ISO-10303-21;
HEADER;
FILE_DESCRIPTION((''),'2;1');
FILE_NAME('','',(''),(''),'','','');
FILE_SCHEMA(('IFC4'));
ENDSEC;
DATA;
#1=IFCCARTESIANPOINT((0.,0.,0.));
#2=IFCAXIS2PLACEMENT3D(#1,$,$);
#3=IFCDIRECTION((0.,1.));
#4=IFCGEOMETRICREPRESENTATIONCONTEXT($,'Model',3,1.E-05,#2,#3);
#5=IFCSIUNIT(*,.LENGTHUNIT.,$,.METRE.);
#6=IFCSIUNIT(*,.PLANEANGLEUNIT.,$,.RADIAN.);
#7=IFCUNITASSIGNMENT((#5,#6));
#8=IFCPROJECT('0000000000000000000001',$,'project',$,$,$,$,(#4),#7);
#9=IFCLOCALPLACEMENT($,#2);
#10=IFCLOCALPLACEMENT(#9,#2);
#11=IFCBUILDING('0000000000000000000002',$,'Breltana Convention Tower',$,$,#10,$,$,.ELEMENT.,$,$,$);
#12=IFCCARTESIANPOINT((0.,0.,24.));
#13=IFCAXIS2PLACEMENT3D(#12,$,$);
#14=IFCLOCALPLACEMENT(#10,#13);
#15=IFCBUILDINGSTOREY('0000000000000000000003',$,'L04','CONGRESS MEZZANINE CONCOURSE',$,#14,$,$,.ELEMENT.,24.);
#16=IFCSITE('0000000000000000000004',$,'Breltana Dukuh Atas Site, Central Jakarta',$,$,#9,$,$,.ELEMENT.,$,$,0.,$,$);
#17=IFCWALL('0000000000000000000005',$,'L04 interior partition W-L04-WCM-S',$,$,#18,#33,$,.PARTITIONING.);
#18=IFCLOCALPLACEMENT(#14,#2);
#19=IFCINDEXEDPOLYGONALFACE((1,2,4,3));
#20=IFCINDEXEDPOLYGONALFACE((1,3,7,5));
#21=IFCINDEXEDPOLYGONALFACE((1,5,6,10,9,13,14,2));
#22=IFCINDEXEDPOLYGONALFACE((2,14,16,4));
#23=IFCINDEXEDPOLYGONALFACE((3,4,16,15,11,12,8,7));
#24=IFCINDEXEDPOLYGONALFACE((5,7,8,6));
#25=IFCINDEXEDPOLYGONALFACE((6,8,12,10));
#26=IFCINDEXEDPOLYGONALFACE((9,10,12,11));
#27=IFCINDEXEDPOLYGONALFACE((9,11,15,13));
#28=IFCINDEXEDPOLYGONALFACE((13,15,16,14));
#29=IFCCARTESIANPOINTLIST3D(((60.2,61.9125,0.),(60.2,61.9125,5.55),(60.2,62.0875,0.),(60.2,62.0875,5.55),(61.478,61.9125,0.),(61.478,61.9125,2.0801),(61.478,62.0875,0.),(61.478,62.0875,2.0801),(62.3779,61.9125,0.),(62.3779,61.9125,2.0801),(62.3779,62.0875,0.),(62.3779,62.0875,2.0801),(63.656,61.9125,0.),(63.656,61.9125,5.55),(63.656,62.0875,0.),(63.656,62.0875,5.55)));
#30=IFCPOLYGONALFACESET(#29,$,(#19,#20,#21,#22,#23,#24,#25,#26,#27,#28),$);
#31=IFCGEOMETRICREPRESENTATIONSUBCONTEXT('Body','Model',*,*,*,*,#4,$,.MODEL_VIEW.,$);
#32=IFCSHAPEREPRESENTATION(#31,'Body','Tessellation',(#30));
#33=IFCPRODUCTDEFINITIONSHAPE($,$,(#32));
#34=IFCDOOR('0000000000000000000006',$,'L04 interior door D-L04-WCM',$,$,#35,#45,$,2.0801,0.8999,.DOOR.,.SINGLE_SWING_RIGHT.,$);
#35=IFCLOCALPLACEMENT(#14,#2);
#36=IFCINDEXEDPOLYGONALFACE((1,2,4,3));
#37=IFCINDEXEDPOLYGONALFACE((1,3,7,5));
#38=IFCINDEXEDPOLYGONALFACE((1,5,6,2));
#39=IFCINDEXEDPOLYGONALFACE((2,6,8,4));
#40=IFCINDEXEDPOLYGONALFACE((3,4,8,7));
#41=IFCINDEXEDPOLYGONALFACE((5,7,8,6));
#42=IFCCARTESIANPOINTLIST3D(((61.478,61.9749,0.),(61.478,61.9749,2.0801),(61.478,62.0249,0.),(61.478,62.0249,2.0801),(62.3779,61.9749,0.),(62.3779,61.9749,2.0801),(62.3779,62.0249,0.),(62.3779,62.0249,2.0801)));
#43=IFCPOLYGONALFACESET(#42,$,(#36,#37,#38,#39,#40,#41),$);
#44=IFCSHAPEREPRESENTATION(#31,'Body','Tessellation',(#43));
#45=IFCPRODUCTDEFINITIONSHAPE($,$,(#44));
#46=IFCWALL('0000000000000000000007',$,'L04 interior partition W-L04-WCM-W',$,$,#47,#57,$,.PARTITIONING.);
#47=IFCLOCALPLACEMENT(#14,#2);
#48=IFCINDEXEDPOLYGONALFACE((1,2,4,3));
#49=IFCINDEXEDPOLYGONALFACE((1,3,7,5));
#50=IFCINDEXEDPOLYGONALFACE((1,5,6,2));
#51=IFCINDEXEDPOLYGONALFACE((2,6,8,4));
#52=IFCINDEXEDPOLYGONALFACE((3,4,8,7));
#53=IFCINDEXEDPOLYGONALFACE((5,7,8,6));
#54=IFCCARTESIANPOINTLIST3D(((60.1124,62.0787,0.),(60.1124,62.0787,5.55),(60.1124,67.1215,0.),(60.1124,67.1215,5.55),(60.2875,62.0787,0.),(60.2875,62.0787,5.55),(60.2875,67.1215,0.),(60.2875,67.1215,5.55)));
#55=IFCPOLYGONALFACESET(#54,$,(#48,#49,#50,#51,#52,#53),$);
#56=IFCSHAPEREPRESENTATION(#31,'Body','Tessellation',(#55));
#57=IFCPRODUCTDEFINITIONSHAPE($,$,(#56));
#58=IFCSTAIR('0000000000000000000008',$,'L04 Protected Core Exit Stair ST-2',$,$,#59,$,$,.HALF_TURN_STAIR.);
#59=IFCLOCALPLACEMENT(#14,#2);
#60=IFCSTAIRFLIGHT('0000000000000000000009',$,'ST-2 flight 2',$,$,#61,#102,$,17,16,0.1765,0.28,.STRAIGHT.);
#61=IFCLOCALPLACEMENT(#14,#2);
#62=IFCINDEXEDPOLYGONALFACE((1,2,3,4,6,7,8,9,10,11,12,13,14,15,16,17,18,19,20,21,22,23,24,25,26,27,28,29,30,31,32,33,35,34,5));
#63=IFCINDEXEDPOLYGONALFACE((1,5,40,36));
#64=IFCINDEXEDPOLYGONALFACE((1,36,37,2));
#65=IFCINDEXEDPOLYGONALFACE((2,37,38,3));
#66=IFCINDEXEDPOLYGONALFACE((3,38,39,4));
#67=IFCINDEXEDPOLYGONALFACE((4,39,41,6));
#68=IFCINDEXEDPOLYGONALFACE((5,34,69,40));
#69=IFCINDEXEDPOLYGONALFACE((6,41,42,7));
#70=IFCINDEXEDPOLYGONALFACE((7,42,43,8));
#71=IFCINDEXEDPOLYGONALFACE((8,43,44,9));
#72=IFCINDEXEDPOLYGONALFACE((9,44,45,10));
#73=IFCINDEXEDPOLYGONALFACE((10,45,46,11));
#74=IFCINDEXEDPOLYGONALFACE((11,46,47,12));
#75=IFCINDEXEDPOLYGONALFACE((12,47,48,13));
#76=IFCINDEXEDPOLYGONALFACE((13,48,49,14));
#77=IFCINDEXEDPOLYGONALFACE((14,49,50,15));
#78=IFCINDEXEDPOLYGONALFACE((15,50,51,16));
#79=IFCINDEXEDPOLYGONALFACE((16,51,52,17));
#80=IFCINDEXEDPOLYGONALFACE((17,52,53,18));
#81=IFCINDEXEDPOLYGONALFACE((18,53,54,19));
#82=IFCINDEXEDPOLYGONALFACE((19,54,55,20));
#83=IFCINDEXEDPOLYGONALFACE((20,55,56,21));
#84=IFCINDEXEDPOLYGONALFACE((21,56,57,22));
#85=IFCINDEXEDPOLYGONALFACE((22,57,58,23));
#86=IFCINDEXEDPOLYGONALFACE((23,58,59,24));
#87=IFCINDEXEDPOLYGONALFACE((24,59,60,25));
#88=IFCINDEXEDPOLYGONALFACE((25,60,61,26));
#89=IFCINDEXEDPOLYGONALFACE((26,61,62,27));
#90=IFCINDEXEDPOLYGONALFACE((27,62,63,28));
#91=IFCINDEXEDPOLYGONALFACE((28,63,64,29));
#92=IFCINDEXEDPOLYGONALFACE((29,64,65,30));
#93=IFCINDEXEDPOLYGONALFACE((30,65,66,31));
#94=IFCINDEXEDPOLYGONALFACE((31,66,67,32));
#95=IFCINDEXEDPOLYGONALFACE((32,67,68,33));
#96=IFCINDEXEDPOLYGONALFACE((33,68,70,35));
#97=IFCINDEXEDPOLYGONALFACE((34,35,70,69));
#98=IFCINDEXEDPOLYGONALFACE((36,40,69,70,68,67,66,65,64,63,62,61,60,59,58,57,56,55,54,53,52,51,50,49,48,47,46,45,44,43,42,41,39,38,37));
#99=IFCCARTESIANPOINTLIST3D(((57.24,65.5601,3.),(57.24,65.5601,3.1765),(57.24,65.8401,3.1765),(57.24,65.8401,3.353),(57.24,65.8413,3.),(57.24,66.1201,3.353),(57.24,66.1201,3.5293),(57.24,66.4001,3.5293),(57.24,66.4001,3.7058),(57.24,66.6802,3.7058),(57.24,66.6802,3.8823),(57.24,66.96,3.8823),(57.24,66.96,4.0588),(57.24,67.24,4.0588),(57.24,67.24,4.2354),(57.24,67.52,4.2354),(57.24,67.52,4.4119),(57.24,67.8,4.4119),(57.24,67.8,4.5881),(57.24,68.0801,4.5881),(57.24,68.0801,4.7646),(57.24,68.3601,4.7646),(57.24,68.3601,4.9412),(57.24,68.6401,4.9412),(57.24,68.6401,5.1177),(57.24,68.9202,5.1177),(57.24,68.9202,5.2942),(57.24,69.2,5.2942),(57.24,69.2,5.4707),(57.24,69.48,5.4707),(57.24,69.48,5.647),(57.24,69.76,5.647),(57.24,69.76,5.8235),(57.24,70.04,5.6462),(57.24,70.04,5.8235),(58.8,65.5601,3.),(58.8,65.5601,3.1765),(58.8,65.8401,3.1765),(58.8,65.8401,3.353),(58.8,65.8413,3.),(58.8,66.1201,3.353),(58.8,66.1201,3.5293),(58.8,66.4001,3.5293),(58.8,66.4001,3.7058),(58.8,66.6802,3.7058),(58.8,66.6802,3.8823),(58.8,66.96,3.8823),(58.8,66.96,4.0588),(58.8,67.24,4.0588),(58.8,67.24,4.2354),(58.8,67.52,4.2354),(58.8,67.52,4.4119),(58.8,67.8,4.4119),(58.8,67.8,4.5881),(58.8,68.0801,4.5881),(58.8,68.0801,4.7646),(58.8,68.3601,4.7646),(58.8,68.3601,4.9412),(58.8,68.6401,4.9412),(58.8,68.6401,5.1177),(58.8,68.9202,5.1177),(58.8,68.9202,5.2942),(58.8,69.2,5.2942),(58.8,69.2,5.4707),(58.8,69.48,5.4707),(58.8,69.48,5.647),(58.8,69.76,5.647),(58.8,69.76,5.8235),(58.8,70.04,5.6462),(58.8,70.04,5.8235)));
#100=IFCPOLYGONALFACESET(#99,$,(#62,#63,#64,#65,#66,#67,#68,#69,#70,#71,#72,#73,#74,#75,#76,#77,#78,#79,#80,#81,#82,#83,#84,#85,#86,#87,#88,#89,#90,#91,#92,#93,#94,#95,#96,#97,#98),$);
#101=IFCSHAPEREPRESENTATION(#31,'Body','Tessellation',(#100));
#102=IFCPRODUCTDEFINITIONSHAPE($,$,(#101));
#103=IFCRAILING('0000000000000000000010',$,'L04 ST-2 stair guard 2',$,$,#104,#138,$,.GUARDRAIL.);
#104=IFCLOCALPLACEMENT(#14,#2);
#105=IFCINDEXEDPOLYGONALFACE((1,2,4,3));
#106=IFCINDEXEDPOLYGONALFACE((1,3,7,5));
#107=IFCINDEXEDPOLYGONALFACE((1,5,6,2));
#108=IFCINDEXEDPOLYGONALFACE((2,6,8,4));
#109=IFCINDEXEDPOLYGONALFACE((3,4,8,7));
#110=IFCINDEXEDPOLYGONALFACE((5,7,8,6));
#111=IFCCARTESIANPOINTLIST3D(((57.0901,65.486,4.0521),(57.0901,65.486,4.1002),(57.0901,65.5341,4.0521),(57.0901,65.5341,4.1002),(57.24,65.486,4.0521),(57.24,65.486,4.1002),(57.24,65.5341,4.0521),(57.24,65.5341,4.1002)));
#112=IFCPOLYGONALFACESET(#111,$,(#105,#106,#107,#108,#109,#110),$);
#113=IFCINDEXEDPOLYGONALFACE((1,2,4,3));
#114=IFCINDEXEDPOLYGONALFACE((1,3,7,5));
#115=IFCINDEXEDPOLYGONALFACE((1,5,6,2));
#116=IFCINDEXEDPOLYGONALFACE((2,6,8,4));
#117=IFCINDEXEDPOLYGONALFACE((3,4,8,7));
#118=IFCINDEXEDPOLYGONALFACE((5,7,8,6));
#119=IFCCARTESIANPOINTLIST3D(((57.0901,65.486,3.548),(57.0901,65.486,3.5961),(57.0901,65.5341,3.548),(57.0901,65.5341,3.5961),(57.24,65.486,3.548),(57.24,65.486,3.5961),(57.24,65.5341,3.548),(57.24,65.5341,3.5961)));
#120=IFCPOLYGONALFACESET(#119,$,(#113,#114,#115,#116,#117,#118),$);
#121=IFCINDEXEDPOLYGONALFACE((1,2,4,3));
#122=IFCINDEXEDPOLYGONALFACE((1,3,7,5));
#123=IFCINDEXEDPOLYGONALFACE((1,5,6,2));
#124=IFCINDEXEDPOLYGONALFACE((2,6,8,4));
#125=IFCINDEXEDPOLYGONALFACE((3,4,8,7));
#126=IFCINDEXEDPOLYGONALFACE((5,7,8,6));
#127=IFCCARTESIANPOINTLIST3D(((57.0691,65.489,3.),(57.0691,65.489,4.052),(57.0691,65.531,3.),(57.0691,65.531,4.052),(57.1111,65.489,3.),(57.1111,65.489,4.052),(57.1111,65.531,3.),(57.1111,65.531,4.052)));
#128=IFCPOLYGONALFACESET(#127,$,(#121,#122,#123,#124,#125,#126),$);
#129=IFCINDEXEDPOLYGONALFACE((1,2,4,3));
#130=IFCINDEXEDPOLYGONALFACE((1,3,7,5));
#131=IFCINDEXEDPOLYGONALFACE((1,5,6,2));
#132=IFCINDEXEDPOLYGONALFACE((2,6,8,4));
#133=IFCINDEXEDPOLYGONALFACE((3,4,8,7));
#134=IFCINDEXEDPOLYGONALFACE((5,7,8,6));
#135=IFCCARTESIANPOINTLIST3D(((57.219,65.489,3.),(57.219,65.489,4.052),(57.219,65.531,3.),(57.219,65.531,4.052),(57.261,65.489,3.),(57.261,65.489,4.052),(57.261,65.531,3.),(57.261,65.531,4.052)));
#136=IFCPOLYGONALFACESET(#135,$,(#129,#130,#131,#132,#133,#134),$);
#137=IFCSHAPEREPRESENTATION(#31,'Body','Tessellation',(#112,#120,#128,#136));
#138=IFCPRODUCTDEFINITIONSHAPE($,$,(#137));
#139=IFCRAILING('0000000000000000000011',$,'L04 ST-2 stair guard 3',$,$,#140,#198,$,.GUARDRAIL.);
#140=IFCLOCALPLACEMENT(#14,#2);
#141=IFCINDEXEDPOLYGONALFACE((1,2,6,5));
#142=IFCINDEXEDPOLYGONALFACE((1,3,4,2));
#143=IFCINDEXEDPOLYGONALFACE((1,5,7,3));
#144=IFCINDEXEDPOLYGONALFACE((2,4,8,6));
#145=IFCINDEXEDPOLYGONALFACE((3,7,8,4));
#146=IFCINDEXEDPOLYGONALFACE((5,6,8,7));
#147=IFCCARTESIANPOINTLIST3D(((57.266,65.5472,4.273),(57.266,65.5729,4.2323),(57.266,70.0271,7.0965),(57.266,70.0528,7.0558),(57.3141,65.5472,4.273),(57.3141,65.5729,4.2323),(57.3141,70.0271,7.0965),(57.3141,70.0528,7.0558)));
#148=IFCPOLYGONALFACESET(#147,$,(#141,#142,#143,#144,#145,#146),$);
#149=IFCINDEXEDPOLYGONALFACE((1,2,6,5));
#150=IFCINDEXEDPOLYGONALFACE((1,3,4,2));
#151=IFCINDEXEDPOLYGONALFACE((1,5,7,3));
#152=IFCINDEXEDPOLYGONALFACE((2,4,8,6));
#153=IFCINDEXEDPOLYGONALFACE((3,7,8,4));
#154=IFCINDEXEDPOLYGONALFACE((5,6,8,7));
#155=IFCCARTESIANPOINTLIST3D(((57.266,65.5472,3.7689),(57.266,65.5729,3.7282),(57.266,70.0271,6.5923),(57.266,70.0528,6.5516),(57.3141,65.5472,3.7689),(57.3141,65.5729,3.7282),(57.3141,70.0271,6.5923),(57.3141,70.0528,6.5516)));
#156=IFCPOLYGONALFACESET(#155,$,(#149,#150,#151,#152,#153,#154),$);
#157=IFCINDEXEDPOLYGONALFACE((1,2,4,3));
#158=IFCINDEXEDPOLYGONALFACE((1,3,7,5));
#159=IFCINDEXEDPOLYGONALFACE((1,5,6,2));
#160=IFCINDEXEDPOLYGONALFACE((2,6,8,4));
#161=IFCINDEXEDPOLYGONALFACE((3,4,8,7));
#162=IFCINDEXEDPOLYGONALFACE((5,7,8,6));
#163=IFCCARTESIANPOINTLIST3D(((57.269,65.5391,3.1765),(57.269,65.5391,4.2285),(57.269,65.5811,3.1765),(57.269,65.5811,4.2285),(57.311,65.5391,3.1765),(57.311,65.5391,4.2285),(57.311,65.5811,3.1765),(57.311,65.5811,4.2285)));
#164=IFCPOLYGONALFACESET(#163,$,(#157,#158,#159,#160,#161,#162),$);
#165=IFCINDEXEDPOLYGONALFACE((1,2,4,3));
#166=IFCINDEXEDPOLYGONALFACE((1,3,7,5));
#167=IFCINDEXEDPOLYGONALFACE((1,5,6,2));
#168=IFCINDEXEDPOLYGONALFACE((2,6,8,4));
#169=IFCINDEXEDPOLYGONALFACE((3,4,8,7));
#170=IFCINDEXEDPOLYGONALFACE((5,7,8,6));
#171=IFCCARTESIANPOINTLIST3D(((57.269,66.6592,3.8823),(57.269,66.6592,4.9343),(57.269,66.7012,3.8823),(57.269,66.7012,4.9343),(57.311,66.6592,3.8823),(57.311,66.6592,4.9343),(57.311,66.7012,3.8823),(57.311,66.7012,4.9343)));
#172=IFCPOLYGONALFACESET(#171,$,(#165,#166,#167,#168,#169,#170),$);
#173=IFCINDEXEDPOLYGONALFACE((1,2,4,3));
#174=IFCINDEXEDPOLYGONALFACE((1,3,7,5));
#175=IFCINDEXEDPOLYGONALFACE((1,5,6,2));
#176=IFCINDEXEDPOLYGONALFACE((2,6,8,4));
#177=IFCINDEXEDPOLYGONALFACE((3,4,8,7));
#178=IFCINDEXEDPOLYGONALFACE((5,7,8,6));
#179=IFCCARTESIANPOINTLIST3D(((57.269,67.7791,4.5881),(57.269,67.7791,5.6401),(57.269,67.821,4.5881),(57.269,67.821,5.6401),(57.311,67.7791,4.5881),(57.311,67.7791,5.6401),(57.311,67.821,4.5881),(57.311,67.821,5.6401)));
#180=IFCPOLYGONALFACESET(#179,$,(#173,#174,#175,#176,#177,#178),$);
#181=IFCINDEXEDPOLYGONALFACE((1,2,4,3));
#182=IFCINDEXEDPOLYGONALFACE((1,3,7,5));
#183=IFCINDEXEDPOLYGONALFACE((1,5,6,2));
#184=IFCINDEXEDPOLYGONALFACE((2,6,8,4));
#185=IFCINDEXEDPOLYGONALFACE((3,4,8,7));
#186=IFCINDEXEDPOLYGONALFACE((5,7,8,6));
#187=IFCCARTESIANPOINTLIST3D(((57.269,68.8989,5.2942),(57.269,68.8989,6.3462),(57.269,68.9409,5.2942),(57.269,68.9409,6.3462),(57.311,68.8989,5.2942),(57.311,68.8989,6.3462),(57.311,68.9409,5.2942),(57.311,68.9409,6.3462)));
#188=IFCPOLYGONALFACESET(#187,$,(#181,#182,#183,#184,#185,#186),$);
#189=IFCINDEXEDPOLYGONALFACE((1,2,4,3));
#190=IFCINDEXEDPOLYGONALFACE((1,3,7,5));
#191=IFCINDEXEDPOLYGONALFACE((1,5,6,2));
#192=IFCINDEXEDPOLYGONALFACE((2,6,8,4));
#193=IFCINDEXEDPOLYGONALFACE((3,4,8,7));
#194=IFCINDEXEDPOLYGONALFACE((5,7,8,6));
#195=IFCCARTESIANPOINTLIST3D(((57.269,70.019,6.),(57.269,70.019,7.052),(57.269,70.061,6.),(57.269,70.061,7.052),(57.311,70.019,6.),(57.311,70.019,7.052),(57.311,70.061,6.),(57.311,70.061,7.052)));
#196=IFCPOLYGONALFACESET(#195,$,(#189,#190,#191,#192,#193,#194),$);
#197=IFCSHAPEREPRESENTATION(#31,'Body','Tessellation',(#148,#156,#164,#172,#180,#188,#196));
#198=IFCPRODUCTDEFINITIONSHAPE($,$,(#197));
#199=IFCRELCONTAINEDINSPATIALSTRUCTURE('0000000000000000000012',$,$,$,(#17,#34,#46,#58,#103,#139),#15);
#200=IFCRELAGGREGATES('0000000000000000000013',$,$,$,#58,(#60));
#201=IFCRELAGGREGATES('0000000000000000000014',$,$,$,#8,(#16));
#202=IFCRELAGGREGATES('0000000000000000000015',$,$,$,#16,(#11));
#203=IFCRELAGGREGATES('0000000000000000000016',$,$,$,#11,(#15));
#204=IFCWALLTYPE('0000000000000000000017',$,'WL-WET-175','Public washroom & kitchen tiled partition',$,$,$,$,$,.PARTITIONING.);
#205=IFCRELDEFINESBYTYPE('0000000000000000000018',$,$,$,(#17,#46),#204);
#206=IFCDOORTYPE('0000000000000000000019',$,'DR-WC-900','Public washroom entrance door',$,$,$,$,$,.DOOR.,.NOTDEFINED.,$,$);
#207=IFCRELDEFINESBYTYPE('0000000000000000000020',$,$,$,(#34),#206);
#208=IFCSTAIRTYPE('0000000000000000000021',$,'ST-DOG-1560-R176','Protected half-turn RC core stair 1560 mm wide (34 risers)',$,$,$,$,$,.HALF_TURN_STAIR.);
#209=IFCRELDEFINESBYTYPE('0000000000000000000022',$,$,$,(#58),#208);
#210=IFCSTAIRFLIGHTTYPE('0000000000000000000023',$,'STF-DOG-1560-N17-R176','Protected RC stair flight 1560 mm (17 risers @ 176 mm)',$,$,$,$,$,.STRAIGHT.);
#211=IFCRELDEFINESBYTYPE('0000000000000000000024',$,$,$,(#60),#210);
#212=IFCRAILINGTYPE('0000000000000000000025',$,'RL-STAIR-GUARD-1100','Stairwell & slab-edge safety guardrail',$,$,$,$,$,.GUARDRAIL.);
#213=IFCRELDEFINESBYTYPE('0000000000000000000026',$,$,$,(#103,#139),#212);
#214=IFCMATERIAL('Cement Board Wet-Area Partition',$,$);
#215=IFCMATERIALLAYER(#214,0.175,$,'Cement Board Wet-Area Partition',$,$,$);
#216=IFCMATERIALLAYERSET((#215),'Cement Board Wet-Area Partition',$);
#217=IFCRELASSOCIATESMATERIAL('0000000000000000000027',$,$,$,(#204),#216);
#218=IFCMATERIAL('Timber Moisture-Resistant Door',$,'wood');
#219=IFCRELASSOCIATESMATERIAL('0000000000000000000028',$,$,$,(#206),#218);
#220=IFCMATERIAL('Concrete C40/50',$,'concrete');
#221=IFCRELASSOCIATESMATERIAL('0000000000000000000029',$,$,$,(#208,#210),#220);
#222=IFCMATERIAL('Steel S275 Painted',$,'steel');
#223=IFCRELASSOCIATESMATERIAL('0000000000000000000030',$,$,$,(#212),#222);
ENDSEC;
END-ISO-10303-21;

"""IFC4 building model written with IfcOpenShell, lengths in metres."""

from ifc_helpers import new_model, si_unit, direction, frame, frame_2d, origin, origin_2d, place, context, subcontext, project, spatial, polyline, rectangle, outline, extrude, source, transform, mapped, material, layer, layer_set, type_object, type_shapes, element, fill, aggregate, save


model = new_model("IFC4")

# Units and contexts
model_context = context("Model", 3, precision=1e-05, world=origin(), true_north=direction((0.0, 1.0)))
body_context = subcontext(model_context, "Body", "Model", "MODEL_VIEW")
ifc_project = project(units=[si_unit("LENGTHUNIT", "METRE"), si_unit("PLANEANGLEUNIT", "RADIAN")], contexts=[model_context])

# Site, building, storey
site_placement = place(None, origin())
site = spatial("IfcSite", under=ifc_project, at=site_placement, Name="Breltana Dukuh Atas Site, Central Jakarta", CompositionType="ELEMENT", RefElevation=0.0)
building_placement = place(site_placement, origin())
building = spatial("IfcBuilding", under=site, at=building_placement, Name="Breltana Convention Tower", CompositionType="ELEMENT")
storey_placement = place(building_placement, frame((0.0, 0.0, 24.0)))
storey = spatial("IfcBuildingStorey", under=building, at=storey_placement, Name="L04", Description="CONGRESS MEZZANINE CONCOURSE", CompositionType="ELEMENT", Elevation=24.0)

# Wall, opening, door
ifc_material_1 = material(Name="Cement Board Wet-Area Partition")
ifc_layer_1 = layer(ifc_material_1, 0.175, Name="Cement Board Wet-Area Partition")
ifc_layer_set_1 = layer_set([ifc_layer_1], Name="Cement Board Wet-Area Partition")
wall_type_1 = type_object("IfcWallType", Name="WL-WET-175", Description="Public washroom & kitchen tiled partition", PredefinedType="PARTITIONING", material=ifc_layer_set_1)
shared_shape_1 = source(origin(), body_context, "Body", "SweptSolid", [
    extrude(rectangle(XDim=3.4561, YDim=0.175, at=frame_2d((1.728, 0.0))), origin(), (0.0, 0.0, 1.0), 5.55),
])
wall_1_placement = place(storey_placement, frame((60.2, 62.0, 0.0), z_axis=(0.0, 0.0, 1.0), x_axis=(1.0, 0.0, 0.0)))
wall_1 = element("IfcWall", 1, at=wall_1_placement, inside=storey, type_object=wall_type_1, Name="L04 interior partition W-L04-WCM-S", PredefinedType="PARTITIONING", context=body_context, shape_type="MappedRepresentation", body=[
    mapped(shared_shape_1, transform((0.0, 0.0, 0.0), scale=1.0)),
])
opening_1_placement = place(wall_1_placement, frame((1.2781, 0.0, 0.0)))
opening_1 = element("IfcOpeningElement", 2, at=opening_1_placement, cuts=wall_1, PredefinedType="OPENING", context=body_context, shape_type="SweptSolid", body=[
    extrude(rectangle(XDim=0.8999, YDim=2.0801, at=frame_2d((0.45, 1.04))), frame((0.0, 0.0977, 0.0), z_axis=(0.0, -1.0, 0.0), x_axis=(1.0, 0.0, 0.0)), (0.0, 0.0, 1.0), 0.1951),
])
ifc_material_2 = material(Name="Timber Moisture-Resistant Door", Category="wood")
door_type_1 = type_object("IfcDoorType", Name="DR-WC-900", Description="Public washroom entrance door", OperationType="NOTDEFINED", PredefinedType="DOOR", material=ifc_material_2)
shared_shape_2 = source(origin(), body_context, "Body", "SweptSolid", [
    extrude(rectangle(XDim=0.8999, YDim=2.0801, at=frame_2d((0.45, 1.04))), frame((0.0, 0.0249, 0.0), z_axis=(0.0, -1.0, 0.0), x_axis=(1.0, 0.0, 0.0)), (0.0, 0.0, 1.0), 0.05),
])
type_shapes(door_type_1, [shared_shape_2])
door_1_placement = place(opening_1_placement, origin())
door_1 = element("IfcDoor", 3, at=door_1_placement, inside=storey, type_object=door_type_1, Name="L04 interior door D-L04-WCM", OperationType="SINGLE_SWING_RIGHT", OverallHeight=2.0801, OverallWidth=0.8999, PredefinedType="DOOR", context=body_context, shape_type="MappedRepresentation", body=[
    mapped(shared_shape_2, transform((0.0, 0.0, 0.0), scale=1.0)),
])
fill(opening_1, door_1)

# Wall
shared_shape_3 = source(origin(), body_context, "Body", "SweptSolid", [
    extrude(rectangle(XDim=5.0427, YDim=0.175, at=frame_2d((2.5215, 0.0))), origin(), (0.0, 0.0, 1.0), 5.55),
])
wall_2_placement = place(storey_placement, frame((60.2, 62.0786, 0.0), z_axis=(0.0, 0.0, 1.0), x_axis=(0.0, 1.0, 0.0)))
element("IfcWall", 4, at=wall_2_placement, inside=storey, type_object=wall_type_1, Name="L04 interior partition W-L04-WCM-W", PredefinedType="PARTITIONING", context=body_context, shape_type="MappedRepresentation", body=[
    mapped(shared_shape_3, transform((0.0, 0.0, 0.0), scale=1.0)),
])

# Stair, stair flight
ifc_material_3 = material(Name="Concrete C40/50", Category="concrete")
stair_type = type_object("IfcStairType", Name="ST-DOG-1560-R176", Description="Protected half-turn RC core stair 1560 mm wide (34 risers)", PredefinedType="HALF_TURN_STAIR", material=ifc_material_3)
stair_placement = place(storey_placement, origin())
stair = element("IfcStair", 5, at=stair_placement, inside=storey, type_object=stair_type, Name="L04 Protected Core Exit Stair ST-2", PredefinedType="HALF_TURN_STAIR")
stair_flight_type = type_object("IfcStairFlightType", Name="STF-DOG-1560-N17-R176", Description="Protected RC stair flight 1560 mm (17 risers @ 176 mm)", PredefinedType="STRAIGHT", material=ifc_material_3)
stair_flight_placement = place(storey_placement, frame((58.02, 65.5601, 3.0), z_axis=(0.0, 0.0, 1.0), x_axis=(0.0, 1.0, 0.0)))
stair_flight = element("IfcStairFlight", 6, at=stair_flight_placement, type_object=stair_flight_type, Name="ST-2 flight 2", NumberOfRisers=17, NumberOfTreads=16, PredefinedType="STRAIGHT", RiserHeight=0.1765, TreadLength=0.28, context=body_context, shape_type="SweptSolid", body=[
    extrude(outline(polyline([(0.0, 0.0), (0.0, 0.1765), (0.28, 0.1765), (0.28, 0.353), (0.5601, 0.353), (0.5601, 0.5293), (0.8401, 0.5293), (0.8401, 0.7058), (1.1201, 0.7058), (1.1201, 0.8823), (1.3999, 0.8823), (1.3999, 1.0588), (1.6799, 1.0588), (1.6799, 1.2354), (1.96, 1.2354), (1.96, 1.4119), (2.24, 1.4119), (2.24, 1.5881), (2.52, 1.5881), (2.52, 1.7646), (2.8, 1.7646), (2.8, 1.9412), (3.0801, 1.9412), (3.0801, 2.1177), (3.3601, 2.1177), (3.3601, 2.2942), (3.6399, 2.2942), (3.6399, 2.4707), (3.9199, 2.4707), (3.9199, 2.647), (4.2, 2.647), (4.2, 2.8235), (4.48, 2.8235), (4.48, 3.0), (4.48, 2.6462), (0.2812, 0.0), (0.0, 0.0)])), frame((0.0, 0.78, 0.0), z_axis=(0.0, -1.0, 0.0), x_axis=(1.0, 0.0, 0.0)), (0.0, 0.0, 1.0), 1.5601),
])
aggregate(stair, [stair_flight])

# Railings
ifc_material_4 = material(Name="Steel S275 Painted", Category="steel")
railing_type_1 = type_object("IfcRailingType", Name="RL-STAIR-GUARD-1100", Description="Stairwell & slab-edge safety guardrail", PredefinedType="GUARDRAIL", material=ifc_material_4)
railing_1_placement = place(storey_placement, frame((57.0901, 65.51, 3.0)))
element("IfcRailing", 7, at=railing_1_placement, inside=storey, type_object=railing_type_1, Name="L04 ST-2 stair guard 2", PredefinedType="GUARDRAIL", context=body_context, shape_type="SweptSolid", body=[
    extrude(rectangle(XDim=0.0481, YDim=0.0481, at=origin_2d()), frame((0.0, 0.0, 1.0762), z_axis=(1.0, 0.0, 0.0), x_axis=(0.0, 1.0, 0.0)), (0.0, 0.0, 1.0), 0.1499),
    extrude(rectangle(XDim=0.0481, YDim=0.0481, at=origin_2d()), frame((0.0, 0.0, 0.572), z_axis=(1.0, 0.0, 0.0), x_axis=(0.0, 1.0, 0.0)), (0.0, 0.0, 1.0), 0.1499),
    extrude(rectangle(XDim=0.042, YDim=0.042, at=origin_2d()), origin(), (0.0, 0.0, 1.0), 1.052),
    extrude(rectangle(XDim=0.042, YDim=0.042, at=origin_2d()), frame((0.1499, 0.0, 0.0)), (0.0, 0.0, 1.0), 1.052),
])
railing_2_placement = place(storey_placement, frame((57.29, 65.5601, 3.1765)))
element("IfcRailing", 8, at=railing_2_placement, inside=storey, type_object=railing_type_1, Name="L04 ST-2 stair guard 3", PredefinedType="GUARDRAIL", context=body_context, shape_type="SweptSolid", body=[
    extrude(rectangle(XDim=0.0481, YDim=0.0481, at=origin_2d()), frame((0.0, 0.0, 1.0762), z_axis=(0.0, 0.845998, 0.533186), x_axis=(-1.0, 0.0, 0.0)), (0.0, 0.0, 1.0), 5.2954),
    extrude(rectangle(XDim=0.0481, YDim=0.0481, at=origin_2d()), frame((0.0, 0.0, 0.572), z_axis=(0.0, 0.845998, 0.533186), x_axis=(-1.0, 0.0, 0.0)), (0.0, 0.0, 1.0), 5.2954),
    extrude(rectangle(XDim=0.042, YDim=0.042, at=origin_2d()), origin(), (0.0, 0.0, 1.0), 1.052),
    extrude(rectangle(XDim=0.042, YDim=0.042, at=origin_2d()), frame((0.0, 1.1201, 0.7058)), (0.0, 0.0, 1.0), 1.052),
    extrude(rectangle(XDim=0.042, YDim=0.042, at=origin_2d()), frame((0.0, 2.24, 1.4116)), (0.0, 0.0, 1.0), 1.052),
    extrude(rectangle(XDim=0.042, YDim=0.042, at=origin_2d()), frame((0.0, 3.3599, 2.1177)), (0.0, 0.0, 1.0), 1.052),
    extrude(rectangle(XDim=0.042, YDim=0.042, at=origin_2d()), frame((0.0, 4.48, 2.8235)), (0.0, 0.0, 1.0), 1.052),
])

save(model, "model.ifc")
